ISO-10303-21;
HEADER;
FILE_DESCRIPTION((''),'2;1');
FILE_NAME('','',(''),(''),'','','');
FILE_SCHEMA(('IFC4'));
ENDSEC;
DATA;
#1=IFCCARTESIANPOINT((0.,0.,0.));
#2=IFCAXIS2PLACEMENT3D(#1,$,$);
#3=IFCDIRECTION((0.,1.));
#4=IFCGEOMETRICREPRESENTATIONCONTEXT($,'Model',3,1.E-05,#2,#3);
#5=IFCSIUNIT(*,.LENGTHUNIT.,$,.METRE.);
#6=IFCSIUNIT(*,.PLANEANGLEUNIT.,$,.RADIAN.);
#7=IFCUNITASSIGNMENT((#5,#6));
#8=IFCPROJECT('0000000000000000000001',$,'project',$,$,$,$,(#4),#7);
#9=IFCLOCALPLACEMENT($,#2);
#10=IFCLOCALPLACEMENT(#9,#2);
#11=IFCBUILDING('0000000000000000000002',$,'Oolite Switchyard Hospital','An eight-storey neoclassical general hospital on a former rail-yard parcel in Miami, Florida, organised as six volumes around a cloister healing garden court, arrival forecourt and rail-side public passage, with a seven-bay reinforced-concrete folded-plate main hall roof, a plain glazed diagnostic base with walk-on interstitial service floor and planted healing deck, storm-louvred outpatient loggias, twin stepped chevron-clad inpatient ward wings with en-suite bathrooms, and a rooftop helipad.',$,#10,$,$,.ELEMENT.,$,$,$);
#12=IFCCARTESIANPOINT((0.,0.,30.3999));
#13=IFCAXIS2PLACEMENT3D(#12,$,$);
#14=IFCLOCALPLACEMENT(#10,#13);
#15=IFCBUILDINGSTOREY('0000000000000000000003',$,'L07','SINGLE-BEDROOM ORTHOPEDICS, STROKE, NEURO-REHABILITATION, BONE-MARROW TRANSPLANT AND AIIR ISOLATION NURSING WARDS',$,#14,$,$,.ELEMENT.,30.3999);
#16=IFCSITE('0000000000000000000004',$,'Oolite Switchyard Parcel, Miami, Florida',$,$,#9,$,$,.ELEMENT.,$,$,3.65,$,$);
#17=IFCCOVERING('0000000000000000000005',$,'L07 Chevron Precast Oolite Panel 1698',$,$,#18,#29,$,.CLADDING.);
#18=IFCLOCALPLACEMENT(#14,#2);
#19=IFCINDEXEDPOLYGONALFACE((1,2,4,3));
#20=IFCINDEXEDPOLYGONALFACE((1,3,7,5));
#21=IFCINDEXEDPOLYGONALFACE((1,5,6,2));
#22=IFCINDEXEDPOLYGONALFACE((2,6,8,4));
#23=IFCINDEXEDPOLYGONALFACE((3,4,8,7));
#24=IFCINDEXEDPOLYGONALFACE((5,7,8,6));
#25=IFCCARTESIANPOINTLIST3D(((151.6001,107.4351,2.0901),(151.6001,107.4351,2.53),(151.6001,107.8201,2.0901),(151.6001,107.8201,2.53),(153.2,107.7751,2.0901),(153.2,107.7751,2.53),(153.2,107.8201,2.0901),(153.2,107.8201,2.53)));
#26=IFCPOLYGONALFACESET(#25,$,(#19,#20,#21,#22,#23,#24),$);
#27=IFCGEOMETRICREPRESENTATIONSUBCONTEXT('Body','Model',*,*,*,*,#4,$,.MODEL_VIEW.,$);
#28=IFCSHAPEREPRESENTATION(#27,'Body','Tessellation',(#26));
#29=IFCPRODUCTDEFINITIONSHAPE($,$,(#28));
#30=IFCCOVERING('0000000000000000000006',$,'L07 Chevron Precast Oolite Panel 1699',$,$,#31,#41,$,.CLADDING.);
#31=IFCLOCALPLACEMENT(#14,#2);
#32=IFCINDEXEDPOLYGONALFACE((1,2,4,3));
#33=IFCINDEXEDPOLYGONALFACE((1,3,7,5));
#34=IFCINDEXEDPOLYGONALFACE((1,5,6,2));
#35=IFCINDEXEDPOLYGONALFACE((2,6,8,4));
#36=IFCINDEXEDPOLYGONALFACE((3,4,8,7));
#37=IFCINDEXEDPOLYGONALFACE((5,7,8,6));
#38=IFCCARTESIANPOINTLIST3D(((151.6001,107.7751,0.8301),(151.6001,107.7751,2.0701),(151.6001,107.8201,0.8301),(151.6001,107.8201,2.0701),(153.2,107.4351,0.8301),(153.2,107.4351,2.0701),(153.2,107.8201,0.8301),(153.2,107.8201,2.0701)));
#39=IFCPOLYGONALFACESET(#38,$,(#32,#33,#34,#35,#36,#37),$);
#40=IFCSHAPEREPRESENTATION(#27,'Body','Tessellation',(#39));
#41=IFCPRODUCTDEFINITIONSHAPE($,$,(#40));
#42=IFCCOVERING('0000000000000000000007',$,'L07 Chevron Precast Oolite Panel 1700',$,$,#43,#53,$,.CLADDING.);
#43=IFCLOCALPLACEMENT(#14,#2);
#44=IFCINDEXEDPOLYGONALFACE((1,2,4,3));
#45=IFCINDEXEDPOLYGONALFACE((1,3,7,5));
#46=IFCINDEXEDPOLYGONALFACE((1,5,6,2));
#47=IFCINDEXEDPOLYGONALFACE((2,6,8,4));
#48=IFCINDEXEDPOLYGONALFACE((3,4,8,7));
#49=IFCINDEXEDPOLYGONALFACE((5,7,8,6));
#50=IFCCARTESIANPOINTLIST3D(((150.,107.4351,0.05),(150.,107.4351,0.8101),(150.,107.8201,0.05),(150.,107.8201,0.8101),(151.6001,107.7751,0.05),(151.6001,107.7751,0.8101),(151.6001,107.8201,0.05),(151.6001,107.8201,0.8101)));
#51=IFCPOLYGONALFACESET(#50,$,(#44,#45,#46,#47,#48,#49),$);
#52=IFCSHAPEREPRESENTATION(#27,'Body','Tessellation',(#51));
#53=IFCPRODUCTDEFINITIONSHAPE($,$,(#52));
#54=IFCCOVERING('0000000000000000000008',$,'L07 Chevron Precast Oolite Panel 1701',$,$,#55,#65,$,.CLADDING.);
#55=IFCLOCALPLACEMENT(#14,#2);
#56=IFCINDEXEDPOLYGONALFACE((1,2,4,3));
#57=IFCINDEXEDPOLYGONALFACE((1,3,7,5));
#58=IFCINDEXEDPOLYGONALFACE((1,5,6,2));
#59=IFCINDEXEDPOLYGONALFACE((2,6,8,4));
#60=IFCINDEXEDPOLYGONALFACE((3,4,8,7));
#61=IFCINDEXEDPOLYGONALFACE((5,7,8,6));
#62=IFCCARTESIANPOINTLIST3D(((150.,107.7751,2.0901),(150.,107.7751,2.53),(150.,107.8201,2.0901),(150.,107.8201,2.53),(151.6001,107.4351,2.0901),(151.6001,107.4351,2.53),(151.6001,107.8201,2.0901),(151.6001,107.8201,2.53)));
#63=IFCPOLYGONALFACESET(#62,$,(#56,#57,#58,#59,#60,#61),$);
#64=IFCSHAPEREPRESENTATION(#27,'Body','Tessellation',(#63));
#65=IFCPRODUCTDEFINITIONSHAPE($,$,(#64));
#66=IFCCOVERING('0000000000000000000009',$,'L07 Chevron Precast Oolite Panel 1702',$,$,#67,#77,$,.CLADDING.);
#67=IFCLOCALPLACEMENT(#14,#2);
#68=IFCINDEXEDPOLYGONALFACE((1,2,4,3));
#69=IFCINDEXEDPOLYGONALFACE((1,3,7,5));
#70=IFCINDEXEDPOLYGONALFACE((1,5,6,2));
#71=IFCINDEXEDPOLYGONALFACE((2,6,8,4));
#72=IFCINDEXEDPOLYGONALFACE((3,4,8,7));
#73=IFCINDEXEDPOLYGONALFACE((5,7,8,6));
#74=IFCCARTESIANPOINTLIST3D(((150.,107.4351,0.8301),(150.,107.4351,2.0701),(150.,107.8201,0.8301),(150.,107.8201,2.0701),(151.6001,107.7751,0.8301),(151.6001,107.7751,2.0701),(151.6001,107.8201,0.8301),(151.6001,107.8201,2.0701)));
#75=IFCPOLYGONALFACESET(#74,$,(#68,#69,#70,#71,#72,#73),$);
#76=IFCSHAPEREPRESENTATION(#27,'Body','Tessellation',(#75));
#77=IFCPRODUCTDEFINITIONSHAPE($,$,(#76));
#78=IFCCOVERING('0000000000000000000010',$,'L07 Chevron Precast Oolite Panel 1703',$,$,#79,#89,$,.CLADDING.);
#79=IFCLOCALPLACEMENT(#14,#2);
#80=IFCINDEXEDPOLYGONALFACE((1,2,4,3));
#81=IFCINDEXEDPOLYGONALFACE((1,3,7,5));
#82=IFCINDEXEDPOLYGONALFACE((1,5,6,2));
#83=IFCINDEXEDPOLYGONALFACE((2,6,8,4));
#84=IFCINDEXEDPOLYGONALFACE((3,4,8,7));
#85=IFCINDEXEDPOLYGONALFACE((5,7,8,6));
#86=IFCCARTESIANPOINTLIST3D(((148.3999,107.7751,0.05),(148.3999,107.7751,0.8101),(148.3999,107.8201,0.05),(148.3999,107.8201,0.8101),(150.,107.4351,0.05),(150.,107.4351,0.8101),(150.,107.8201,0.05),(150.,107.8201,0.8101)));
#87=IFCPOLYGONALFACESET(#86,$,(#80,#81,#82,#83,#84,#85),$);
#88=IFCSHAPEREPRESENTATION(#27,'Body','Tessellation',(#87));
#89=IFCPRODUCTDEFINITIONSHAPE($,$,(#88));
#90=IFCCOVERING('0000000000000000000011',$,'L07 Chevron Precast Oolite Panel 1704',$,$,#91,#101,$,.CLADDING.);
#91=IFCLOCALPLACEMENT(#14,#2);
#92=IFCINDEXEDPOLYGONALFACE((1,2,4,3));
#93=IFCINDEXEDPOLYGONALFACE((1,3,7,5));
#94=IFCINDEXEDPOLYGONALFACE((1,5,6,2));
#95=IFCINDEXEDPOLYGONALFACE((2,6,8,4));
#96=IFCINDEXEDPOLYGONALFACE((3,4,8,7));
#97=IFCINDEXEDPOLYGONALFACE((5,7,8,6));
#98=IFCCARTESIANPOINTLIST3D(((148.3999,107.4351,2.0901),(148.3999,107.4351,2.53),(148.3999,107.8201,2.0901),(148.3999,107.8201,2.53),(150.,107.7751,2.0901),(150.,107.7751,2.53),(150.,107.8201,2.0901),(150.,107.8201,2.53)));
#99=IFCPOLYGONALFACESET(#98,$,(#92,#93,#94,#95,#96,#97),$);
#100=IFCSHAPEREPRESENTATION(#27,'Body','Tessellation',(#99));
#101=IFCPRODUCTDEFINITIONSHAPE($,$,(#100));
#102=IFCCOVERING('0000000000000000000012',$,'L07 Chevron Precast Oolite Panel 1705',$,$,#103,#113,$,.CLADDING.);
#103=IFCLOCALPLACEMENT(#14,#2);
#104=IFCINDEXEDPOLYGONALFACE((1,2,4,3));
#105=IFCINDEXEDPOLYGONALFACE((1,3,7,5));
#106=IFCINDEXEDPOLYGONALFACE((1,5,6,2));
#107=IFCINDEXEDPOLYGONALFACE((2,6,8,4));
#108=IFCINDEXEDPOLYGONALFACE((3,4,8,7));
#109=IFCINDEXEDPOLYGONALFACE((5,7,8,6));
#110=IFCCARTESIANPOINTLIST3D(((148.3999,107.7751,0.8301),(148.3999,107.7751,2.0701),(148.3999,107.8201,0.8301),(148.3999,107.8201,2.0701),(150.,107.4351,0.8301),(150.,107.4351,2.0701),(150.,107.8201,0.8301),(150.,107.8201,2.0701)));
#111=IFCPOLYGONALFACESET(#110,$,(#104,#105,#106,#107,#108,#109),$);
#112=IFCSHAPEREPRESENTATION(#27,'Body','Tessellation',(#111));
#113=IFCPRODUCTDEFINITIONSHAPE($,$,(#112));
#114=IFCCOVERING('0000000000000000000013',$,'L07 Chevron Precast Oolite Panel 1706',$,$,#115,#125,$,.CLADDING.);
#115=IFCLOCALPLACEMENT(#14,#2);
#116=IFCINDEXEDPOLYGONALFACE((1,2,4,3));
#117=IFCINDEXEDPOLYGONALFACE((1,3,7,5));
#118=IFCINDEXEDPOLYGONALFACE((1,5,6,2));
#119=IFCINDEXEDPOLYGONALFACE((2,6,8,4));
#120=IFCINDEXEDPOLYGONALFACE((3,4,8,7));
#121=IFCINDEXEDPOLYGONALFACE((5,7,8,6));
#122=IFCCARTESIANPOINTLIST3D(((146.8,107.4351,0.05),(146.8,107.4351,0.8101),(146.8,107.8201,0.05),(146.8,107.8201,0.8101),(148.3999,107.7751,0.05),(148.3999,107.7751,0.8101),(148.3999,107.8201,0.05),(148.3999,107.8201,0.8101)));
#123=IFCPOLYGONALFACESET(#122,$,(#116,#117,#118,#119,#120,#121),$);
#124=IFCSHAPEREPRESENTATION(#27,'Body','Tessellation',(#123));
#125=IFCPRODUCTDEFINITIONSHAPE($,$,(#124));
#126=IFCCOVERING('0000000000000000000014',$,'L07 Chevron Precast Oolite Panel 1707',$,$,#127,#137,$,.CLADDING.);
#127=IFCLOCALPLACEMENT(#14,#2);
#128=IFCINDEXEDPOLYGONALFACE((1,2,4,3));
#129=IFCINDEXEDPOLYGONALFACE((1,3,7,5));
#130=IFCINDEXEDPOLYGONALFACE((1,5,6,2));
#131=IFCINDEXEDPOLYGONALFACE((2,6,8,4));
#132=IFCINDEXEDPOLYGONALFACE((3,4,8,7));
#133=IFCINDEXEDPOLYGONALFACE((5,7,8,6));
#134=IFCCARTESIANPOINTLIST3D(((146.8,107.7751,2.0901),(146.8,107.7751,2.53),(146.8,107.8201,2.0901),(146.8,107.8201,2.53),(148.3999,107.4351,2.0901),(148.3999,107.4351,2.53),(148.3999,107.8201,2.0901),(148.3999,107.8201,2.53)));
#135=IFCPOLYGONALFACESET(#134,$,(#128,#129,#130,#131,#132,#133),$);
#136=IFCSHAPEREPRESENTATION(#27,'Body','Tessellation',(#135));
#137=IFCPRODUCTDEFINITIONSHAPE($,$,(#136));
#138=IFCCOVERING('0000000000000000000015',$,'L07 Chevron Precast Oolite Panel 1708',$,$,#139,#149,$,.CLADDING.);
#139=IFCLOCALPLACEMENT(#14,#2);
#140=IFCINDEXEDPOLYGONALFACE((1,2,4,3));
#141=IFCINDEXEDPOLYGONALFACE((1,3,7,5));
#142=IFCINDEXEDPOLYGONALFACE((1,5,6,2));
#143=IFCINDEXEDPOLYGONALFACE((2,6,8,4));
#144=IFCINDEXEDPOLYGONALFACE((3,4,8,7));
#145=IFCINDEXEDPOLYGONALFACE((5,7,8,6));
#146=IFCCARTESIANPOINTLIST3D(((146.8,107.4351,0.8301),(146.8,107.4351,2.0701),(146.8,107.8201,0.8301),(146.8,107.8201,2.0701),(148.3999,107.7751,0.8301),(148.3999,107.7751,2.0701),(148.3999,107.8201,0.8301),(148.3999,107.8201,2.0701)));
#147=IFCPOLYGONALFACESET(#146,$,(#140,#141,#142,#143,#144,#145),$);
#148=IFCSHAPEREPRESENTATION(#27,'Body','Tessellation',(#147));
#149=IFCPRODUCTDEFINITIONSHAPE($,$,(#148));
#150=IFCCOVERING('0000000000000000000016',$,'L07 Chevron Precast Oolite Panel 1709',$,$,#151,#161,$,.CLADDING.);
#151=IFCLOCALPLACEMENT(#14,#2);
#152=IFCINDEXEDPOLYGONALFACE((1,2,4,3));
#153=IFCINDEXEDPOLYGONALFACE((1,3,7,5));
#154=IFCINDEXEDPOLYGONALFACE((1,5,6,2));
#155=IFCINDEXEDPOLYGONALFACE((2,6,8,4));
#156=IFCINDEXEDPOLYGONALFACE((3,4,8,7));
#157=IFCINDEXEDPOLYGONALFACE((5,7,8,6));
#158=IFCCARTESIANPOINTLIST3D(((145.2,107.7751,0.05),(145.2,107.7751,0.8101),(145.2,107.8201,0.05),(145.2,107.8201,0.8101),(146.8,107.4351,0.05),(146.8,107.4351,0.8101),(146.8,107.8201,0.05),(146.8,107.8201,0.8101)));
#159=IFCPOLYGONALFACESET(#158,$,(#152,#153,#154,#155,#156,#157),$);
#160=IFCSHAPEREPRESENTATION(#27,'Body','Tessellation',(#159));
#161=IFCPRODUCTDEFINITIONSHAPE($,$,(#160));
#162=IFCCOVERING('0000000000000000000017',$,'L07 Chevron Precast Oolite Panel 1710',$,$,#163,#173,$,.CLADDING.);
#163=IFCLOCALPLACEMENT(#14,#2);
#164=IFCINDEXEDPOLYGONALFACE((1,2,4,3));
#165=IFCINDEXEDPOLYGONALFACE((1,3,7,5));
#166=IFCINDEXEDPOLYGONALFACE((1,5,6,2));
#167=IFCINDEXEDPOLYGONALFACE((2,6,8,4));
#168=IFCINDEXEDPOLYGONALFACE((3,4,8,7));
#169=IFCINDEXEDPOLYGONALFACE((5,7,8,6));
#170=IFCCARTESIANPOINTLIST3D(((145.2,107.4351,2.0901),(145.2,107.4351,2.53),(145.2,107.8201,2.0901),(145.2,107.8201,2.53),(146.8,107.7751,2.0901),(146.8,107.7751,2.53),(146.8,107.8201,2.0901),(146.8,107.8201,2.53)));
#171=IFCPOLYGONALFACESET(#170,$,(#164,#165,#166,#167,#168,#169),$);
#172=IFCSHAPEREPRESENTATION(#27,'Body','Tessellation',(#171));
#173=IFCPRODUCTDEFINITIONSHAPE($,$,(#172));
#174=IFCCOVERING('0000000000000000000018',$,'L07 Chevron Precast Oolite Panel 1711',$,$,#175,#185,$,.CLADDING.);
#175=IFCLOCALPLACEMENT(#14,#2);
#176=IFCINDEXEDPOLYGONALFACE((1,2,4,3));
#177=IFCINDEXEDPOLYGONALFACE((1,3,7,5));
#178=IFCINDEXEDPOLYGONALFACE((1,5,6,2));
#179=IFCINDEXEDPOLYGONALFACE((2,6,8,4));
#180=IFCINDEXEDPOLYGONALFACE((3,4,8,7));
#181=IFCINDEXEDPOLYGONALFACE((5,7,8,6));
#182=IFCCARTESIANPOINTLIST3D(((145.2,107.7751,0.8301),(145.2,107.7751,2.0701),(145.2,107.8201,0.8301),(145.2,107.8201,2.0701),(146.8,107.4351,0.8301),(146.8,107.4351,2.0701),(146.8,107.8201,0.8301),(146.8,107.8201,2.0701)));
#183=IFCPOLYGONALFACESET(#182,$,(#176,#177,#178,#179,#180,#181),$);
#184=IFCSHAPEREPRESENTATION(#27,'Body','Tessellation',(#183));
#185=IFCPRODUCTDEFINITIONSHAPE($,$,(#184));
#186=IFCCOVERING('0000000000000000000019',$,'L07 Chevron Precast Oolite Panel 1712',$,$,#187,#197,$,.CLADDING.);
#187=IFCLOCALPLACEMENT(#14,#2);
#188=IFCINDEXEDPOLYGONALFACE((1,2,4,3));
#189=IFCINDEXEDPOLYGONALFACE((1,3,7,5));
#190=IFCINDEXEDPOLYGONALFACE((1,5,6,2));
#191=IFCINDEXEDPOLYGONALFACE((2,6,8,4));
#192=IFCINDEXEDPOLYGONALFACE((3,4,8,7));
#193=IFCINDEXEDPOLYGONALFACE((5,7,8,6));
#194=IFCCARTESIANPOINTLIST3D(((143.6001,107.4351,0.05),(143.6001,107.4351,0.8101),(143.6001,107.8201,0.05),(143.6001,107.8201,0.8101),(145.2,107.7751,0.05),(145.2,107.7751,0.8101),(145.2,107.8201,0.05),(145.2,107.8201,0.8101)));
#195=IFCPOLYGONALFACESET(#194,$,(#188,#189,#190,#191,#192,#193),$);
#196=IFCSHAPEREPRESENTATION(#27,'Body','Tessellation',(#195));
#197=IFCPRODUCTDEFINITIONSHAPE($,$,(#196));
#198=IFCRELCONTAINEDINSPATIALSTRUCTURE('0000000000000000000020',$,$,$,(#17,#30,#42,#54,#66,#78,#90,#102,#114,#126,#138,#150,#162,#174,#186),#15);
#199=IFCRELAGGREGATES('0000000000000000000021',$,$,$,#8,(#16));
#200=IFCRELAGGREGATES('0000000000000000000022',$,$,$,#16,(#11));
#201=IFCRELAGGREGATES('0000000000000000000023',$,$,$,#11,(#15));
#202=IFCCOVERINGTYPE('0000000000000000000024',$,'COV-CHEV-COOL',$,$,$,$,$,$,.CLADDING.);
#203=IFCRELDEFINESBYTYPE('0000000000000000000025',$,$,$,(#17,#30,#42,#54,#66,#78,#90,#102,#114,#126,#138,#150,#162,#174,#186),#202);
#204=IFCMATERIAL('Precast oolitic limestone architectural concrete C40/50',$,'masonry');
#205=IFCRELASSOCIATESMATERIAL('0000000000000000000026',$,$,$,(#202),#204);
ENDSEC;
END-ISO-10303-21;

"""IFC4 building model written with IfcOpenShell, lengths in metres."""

from ifc_helpers import new_model, si_unit, direction, frame, origin, place, context, subcontext, project, spatial, polyline, outline, extrude, material, type_object, element, save


model = new_model("IFC4")

# Units and contexts
model_context = context("Model", 3, precision=1e-05, world=origin(), true_north=direction((0.0, 1.0)))
body_context = subcontext(model_context, "Body", "Model", "MODEL_VIEW")
ifc_project = project(units=[si_unit("LENGTHUNIT", "METRE"), si_unit("PLANEANGLEUNIT", "RADIAN")], contexts=[model_context])

# Site, building, storey
site_placement = place(None, origin())
site = spatial("IfcSite", under=ifc_project, at=site_placement, Name="Oolite Switchyard Parcel, Miami, Florida", CompositionType="ELEMENT", RefElevation=3.65)
building_placement = place(site_placement, origin())
building = spatial("IfcBuilding", under=site, at=building_placement, Name="Oolite Switchyard Hospital", Description="An eight-storey neoclassical general hospital on a former rail-yard parcel in Miami, Florida, organised as six volumes around a cloister healing garden court, arrival forecourt and rail-side public passage, with a seven-bay reinforced-concrete folded-plate main hall roof, a plain glazed diagnostic base with walk-on interstitial service floor and planted healing deck, storm-louvred outpatient loggias, twin stepped chevron-clad inpatient ward wings with en-suite bathrooms, and a rooftop helipad.", CompositionType="ELEMENT")
storey_placement = place(building_placement, frame((0.0, 0.0, 30.3999)))
storey = spatial("IfcBuildingStorey", under=building, at=storey_placement, Name="L07", Description="SINGLE-BEDROOM ORTHOPEDICS, STROKE, NEURO-REHABILITATION, BONE-MARROW TRANSPLANT AND AIIR ISOLATION NURSING WARDS", CompositionType="ELEMENT", Elevation=30.3999)

# Shared definitions
ifc_material_1 = material(Name="Precast oolitic limestone architectural concrete C40/50", Category="masonry")

# Coverings
covering_type = type_object("IfcCoveringType", Name="COV-CHEV-COOL", PredefinedType="CLADDING", material=ifc_material_1)
covering_1_placement = place(storey_placement, frame((153.2, 107.8201, 2.0901), z_axis=(0.0, 0.0, 1.0), x_axis=(-1.0, 0.0, 0.0)))
element("IfcCovering", 1, at=covering_1_placement, inside=storey, type_object=covering_type, Name="L07 Chevron Precast Oolite Panel 1698", PredefinedType="CLADDING", context=body_context, shape_type="SweptSolid", body=[
    extrude(outline(polyline([(0.0, 0.0), (1.5999, 0.0), (1.5999, 0.385), (0.0, 0.0449), (0.0, 0.0)])), origin(), (0.0, 0.0, 1.0), 0.4399),
])
covering_2_placement = place(storey_placement, frame((153.2, 107.8201, 0.8301), z_axis=(0.0, 0.0, 1.0), x_axis=(-1.0, 0.0, 0.0)))
element("IfcCovering", 2, at=covering_2_placement, inside=storey, type_object=covering_type, Name="L07 Chevron Precast Oolite Panel 1699", PredefinedType="CLADDING", context=body_context, shape_type="SweptSolid", body=[
    extrude(outline(polyline([(0.0, 0.0), (1.5999, 0.0), (1.5999, 0.0449), (0.0, 0.385), (0.0, 0.0)])), origin(), (0.0, 0.0, 1.0), 1.24),
])
covering_3_placement = place(storey_placement, frame((151.6001, 107.8201, 0.05), z_axis=(0.0, 0.0, 1.0), x_axis=(-1.0, 0.0, 0.0)))
element("IfcCovering", 3, at=covering_3_placement, inside=storey, type_object=covering_type, Name="L07 Chevron Precast Oolite Panel 1700", PredefinedType="CLADDING", context=body_context, shape_type="SweptSolid", body=[
    extrude(outline(polyline([(0.0, 0.0), (1.6001, 0.0), (1.6001, 0.385), (0.0, 0.0449), (0.0, 0.0)])), origin(), (0.0, 0.0, 1.0), 0.76),
])
covering_4_placement = place(storey_placement, frame((151.6001, 107.8201, 2.0901), z_axis=(0.0, 0.0, 1.0), x_axis=(-1.0, 0.0, 0.0)))
element("IfcCovering", 4, at=covering_4_placement, inside=storey, type_object=covering_type, Name="L07 Chevron Precast Oolite Panel 1701", PredefinedType="CLADDING", context=body_context, shape_type="SweptSolid", body=[
    extrude(outline(polyline([(0.0, 0.0), (1.6001, 0.0), (1.6001, 0.0449), (0.0, 0.385), (0.0, 0.0)])), origin(), (0.0, 0.0, 1.0), 0.4399),
])
covering_5_placement = place(storey_placement, frame((151.6001, 107.8201, 0.8301), z_axis=(0.0, 0.0, 1.0), x_axis=(-1.0, 0.0, 0.0)))
element("IfcCovering", 5, at=covering_5_placement, inside=storey, type_object=covering_type, Name="L07 Chevron Precast Oolite Panel 1702", PredefinedType="CLADDING", context=body_context, shape_type="SweptSolid", body=[
    extrude(outline(polyline([(0.0, 0.0), (1.6001, 0.0), (1.6001, 0.385), (0.0, 0.0449), (0.0, 0.0)])), origin(), (0.0, 0.0, 1.0), 1.24),
])
covering_6_placement = place(storey_placement, frame((150.0, 107.8201, 0.05), z_axis=(0.0, 0.0, 1.0), x_axis=(-1.0, 0.0, 0.0)))
element("IfcCovering", 6, at=covering_6_placement, inside=storey, type_object=covering_type, Name="L07 Chevron Precast Oolite Panel 1703", PredefinedType="CLADDING", context=body_context, shape_type="SweptSolid", body=[
    extrude(outline(polyline([(0.0, 0.0), (1.6001, 0.0), (1.6001, 0.0449), (0.0, 0.385), (0.0, 0.0)])), origin(), (0.0, 0.0, 1.0), 0.76),
])
covering_7_placement = place(storey_placement, frame((150.0, 107.8201, 2.0901), z_axis=(0.0, 0.0, 1.0), x_axis=(-1.0, 0.0, 0.0)))
element("IfcCovering", 7, at=covering_7_placement, inside=storey, type_object=covering_type, Name="L07 Chevron Precast Oolite Panel 1704", PredefinedType="CLADDING", context=body_context, shape_type="SweptSolid", body=[
    extrude(outline(polyline([(0.0, 0.0), (1.6001, 0.0), (1.6001, 0.385), (0.0, 0.0449), (0.0, 0.0)])), origin(), (0.0, 0.0, 1.0), 0.4399),
])
covering_8_placement = place(storey_placement, frame((150.0, 107.8201, 0.8301), z_axis=(0.0, 0.0, 1.0), x_axis=(-1.0, 0.0, 0.0)))
element("IfcCovering", 8, at=covering_8_placement, inside=storey, type_object=covering_type, Name="L07 Chevron Precast Oolite Panel 1705", PredefinedType="CLADDING", context=body_context, shape_type="SweptSolid", body=[
    extrude(outline(polyline([(0.0, 0.0), (1.6001, 0.0), (1.6001, 0.0449), (0.0, 0.385), (0.0, 0.0)])), origin(), (0.0, 0.0, 1.0), 1.24),
])
covering_9_placement = place(storey_placement, frame((148.3999, 107.8201, 0.05), z_axis=(0.0, 0.0, 1.0), x_axis=(-1.0, 0.0, 0.0)))
element("IfcCovering", 9, at=covering_9_placement, inside=storey, type_object=covering_type, Name="L07 Chevron Precast Oolite Panel 1706", PredefinedType="CLADDING", context=body_context, shape_type="SweptSolid", body=[
    extrude(outline(polyline([(0.0, 0.0), (1.5999, 0.0), (1.5999, 0.385), (0.0, 0.0449), (0.0, 0.0)])), origin(), (0.0, 0.0, 1.0), 0.76),
])
covering_10_placement = place(storey_placement, frame((148.3999, 107.8201, 2.0901), z_axis=(0.0, 0.0, 1.0), x_axis=(-1.0, 0.0, 0.0)))
element("IfcCovering", 10, at=covering_10_placement, inside=storey, type_object=covering_type, Name="L07 Chevron Precast Oolite Panel 1707", PredefinedType="CLADDING", context=body_context, shape_type="SweptSolid", body=[
    extrude(outline(polyline([(0.0, 0.0), (1.5999, 0.0), (1.5999, 0.0449), (0.0, 0.385), (0.0, 0.0)])), origin(), (0.0, 0.0, 1.0), 0.4399),
])
covering_11_placement = place(storey_placement, frame((148.3999, 107.8201, 0.8301), z_axis=(0.0, 0.0, 1.0), x_axis=(-1.0, 0.0, 0.0)))
element("IfcCovering", 11, at=covering_11_placement, inside=storey, type_object=covering_type, Name="L07 Chevron Precast Oolite Panel 1708", PredefinedType="CLADDING", context=body_context, shape_type="SweptSolid", body=[
    extrude(outline(polyline([(0.0, 0.0), (1.5999, 0.0), (1.5999, 0.385), (0.0, 0.0449), (0.0, 0.0)])), origin(), (0.0, 0.0, 1.0), 1.24),
])
covering_12_placement = place(storey_placement, frame((146.8, 107.8201, 0.05), z_axis=(0.0, 0.0, 1.0), x_axis=(-1.0, 0.0, 0.0)))
element("IfcCovering", 12, at=covering_12_placement, inside=storey, type_object=covering_type, Name="L07 Chevron Precast Oolite Panel 1709", PredefinedType="CLADDING", context=body_context, shape_type="SweptSolid", body=[
    extrude(outline(polyline([(0.0, 0.0), (1.6001, 0.0), (1.6001, 0.0449), (0.0, 0.385), (0.0, 0.0)])), origin(), (0.0, 0.0, 1.0), 0.76),
])
covering_13_placement = place(storey_placement, frame((146.8, 107.8201, 2.0901), z_axis=(0.0, 0.0, 1.0), x_axis=(-1.0, 0.0, 0.0)))
element("IfcCovering", 13, at=covering_13_placement, inside=storey, type_object=covering_type, Name="L07 Chevron Precast Oolite Panel 1710", PredefinedType="CLADDING", context=body_context, shape_type="SweptSolid", body=[
    extrude(outline(polyline([(0.0, 0.0), (1.6001, 0.0), (1.6001, 0.385), (0.0, 0.0449), (0.0, 0.0)])), origin(), (0.0, 0.0, 1.0), 0.4399),
])
covering_14_placement = place(storey_placement, frame((146.8, 107.8201, 0.8301), z_axis=(0.0, 0.0, 1.0), x_axis=(-1.0, 0.0, 0.0)))
element("IfcCovering", 14, at=covering_14_placement, inside=storey, type_object=covering_type, Name="L07 Chevron Precast Oolite Panel 1711", PredefinedType="CLADDING", context=body_context, shape_type="SweptSolid", body=[
    extrude(outline(polyline([(0.0, 0.0), (1.6001, 0.0), (1.6001, 0.0449), (0.0, 0.385), (0.0, 0.0)])), origin(), (0.0, 0.0, 1.0), 1.24),
])
covering_15_placement = place(storey_placement, frame((145.2, 107.8201, 0.05), z_axis=(0.0, 0.0, 1.0), x_axis=(-1.0, 0.0, 0.0)))
element("IfcCovering", 15, at=covering_15_placement, inside=storey, type_object=covering_type, Name="L07 Chevron Precast Oolite Panel 1712", PredefinedType="CLADDING", context=body_context, shape_type="SweptSolid", body=[
    extrude(outline(polyline([(0.0, 0.0), (1.5999, 0.0), (1.5999, 0.385), (0.0, 0.0449), (0.0, 0.0)])), origin(), (0.0, 0.0, 1.0), 0.76),
])

save(model, "model.ifc")
